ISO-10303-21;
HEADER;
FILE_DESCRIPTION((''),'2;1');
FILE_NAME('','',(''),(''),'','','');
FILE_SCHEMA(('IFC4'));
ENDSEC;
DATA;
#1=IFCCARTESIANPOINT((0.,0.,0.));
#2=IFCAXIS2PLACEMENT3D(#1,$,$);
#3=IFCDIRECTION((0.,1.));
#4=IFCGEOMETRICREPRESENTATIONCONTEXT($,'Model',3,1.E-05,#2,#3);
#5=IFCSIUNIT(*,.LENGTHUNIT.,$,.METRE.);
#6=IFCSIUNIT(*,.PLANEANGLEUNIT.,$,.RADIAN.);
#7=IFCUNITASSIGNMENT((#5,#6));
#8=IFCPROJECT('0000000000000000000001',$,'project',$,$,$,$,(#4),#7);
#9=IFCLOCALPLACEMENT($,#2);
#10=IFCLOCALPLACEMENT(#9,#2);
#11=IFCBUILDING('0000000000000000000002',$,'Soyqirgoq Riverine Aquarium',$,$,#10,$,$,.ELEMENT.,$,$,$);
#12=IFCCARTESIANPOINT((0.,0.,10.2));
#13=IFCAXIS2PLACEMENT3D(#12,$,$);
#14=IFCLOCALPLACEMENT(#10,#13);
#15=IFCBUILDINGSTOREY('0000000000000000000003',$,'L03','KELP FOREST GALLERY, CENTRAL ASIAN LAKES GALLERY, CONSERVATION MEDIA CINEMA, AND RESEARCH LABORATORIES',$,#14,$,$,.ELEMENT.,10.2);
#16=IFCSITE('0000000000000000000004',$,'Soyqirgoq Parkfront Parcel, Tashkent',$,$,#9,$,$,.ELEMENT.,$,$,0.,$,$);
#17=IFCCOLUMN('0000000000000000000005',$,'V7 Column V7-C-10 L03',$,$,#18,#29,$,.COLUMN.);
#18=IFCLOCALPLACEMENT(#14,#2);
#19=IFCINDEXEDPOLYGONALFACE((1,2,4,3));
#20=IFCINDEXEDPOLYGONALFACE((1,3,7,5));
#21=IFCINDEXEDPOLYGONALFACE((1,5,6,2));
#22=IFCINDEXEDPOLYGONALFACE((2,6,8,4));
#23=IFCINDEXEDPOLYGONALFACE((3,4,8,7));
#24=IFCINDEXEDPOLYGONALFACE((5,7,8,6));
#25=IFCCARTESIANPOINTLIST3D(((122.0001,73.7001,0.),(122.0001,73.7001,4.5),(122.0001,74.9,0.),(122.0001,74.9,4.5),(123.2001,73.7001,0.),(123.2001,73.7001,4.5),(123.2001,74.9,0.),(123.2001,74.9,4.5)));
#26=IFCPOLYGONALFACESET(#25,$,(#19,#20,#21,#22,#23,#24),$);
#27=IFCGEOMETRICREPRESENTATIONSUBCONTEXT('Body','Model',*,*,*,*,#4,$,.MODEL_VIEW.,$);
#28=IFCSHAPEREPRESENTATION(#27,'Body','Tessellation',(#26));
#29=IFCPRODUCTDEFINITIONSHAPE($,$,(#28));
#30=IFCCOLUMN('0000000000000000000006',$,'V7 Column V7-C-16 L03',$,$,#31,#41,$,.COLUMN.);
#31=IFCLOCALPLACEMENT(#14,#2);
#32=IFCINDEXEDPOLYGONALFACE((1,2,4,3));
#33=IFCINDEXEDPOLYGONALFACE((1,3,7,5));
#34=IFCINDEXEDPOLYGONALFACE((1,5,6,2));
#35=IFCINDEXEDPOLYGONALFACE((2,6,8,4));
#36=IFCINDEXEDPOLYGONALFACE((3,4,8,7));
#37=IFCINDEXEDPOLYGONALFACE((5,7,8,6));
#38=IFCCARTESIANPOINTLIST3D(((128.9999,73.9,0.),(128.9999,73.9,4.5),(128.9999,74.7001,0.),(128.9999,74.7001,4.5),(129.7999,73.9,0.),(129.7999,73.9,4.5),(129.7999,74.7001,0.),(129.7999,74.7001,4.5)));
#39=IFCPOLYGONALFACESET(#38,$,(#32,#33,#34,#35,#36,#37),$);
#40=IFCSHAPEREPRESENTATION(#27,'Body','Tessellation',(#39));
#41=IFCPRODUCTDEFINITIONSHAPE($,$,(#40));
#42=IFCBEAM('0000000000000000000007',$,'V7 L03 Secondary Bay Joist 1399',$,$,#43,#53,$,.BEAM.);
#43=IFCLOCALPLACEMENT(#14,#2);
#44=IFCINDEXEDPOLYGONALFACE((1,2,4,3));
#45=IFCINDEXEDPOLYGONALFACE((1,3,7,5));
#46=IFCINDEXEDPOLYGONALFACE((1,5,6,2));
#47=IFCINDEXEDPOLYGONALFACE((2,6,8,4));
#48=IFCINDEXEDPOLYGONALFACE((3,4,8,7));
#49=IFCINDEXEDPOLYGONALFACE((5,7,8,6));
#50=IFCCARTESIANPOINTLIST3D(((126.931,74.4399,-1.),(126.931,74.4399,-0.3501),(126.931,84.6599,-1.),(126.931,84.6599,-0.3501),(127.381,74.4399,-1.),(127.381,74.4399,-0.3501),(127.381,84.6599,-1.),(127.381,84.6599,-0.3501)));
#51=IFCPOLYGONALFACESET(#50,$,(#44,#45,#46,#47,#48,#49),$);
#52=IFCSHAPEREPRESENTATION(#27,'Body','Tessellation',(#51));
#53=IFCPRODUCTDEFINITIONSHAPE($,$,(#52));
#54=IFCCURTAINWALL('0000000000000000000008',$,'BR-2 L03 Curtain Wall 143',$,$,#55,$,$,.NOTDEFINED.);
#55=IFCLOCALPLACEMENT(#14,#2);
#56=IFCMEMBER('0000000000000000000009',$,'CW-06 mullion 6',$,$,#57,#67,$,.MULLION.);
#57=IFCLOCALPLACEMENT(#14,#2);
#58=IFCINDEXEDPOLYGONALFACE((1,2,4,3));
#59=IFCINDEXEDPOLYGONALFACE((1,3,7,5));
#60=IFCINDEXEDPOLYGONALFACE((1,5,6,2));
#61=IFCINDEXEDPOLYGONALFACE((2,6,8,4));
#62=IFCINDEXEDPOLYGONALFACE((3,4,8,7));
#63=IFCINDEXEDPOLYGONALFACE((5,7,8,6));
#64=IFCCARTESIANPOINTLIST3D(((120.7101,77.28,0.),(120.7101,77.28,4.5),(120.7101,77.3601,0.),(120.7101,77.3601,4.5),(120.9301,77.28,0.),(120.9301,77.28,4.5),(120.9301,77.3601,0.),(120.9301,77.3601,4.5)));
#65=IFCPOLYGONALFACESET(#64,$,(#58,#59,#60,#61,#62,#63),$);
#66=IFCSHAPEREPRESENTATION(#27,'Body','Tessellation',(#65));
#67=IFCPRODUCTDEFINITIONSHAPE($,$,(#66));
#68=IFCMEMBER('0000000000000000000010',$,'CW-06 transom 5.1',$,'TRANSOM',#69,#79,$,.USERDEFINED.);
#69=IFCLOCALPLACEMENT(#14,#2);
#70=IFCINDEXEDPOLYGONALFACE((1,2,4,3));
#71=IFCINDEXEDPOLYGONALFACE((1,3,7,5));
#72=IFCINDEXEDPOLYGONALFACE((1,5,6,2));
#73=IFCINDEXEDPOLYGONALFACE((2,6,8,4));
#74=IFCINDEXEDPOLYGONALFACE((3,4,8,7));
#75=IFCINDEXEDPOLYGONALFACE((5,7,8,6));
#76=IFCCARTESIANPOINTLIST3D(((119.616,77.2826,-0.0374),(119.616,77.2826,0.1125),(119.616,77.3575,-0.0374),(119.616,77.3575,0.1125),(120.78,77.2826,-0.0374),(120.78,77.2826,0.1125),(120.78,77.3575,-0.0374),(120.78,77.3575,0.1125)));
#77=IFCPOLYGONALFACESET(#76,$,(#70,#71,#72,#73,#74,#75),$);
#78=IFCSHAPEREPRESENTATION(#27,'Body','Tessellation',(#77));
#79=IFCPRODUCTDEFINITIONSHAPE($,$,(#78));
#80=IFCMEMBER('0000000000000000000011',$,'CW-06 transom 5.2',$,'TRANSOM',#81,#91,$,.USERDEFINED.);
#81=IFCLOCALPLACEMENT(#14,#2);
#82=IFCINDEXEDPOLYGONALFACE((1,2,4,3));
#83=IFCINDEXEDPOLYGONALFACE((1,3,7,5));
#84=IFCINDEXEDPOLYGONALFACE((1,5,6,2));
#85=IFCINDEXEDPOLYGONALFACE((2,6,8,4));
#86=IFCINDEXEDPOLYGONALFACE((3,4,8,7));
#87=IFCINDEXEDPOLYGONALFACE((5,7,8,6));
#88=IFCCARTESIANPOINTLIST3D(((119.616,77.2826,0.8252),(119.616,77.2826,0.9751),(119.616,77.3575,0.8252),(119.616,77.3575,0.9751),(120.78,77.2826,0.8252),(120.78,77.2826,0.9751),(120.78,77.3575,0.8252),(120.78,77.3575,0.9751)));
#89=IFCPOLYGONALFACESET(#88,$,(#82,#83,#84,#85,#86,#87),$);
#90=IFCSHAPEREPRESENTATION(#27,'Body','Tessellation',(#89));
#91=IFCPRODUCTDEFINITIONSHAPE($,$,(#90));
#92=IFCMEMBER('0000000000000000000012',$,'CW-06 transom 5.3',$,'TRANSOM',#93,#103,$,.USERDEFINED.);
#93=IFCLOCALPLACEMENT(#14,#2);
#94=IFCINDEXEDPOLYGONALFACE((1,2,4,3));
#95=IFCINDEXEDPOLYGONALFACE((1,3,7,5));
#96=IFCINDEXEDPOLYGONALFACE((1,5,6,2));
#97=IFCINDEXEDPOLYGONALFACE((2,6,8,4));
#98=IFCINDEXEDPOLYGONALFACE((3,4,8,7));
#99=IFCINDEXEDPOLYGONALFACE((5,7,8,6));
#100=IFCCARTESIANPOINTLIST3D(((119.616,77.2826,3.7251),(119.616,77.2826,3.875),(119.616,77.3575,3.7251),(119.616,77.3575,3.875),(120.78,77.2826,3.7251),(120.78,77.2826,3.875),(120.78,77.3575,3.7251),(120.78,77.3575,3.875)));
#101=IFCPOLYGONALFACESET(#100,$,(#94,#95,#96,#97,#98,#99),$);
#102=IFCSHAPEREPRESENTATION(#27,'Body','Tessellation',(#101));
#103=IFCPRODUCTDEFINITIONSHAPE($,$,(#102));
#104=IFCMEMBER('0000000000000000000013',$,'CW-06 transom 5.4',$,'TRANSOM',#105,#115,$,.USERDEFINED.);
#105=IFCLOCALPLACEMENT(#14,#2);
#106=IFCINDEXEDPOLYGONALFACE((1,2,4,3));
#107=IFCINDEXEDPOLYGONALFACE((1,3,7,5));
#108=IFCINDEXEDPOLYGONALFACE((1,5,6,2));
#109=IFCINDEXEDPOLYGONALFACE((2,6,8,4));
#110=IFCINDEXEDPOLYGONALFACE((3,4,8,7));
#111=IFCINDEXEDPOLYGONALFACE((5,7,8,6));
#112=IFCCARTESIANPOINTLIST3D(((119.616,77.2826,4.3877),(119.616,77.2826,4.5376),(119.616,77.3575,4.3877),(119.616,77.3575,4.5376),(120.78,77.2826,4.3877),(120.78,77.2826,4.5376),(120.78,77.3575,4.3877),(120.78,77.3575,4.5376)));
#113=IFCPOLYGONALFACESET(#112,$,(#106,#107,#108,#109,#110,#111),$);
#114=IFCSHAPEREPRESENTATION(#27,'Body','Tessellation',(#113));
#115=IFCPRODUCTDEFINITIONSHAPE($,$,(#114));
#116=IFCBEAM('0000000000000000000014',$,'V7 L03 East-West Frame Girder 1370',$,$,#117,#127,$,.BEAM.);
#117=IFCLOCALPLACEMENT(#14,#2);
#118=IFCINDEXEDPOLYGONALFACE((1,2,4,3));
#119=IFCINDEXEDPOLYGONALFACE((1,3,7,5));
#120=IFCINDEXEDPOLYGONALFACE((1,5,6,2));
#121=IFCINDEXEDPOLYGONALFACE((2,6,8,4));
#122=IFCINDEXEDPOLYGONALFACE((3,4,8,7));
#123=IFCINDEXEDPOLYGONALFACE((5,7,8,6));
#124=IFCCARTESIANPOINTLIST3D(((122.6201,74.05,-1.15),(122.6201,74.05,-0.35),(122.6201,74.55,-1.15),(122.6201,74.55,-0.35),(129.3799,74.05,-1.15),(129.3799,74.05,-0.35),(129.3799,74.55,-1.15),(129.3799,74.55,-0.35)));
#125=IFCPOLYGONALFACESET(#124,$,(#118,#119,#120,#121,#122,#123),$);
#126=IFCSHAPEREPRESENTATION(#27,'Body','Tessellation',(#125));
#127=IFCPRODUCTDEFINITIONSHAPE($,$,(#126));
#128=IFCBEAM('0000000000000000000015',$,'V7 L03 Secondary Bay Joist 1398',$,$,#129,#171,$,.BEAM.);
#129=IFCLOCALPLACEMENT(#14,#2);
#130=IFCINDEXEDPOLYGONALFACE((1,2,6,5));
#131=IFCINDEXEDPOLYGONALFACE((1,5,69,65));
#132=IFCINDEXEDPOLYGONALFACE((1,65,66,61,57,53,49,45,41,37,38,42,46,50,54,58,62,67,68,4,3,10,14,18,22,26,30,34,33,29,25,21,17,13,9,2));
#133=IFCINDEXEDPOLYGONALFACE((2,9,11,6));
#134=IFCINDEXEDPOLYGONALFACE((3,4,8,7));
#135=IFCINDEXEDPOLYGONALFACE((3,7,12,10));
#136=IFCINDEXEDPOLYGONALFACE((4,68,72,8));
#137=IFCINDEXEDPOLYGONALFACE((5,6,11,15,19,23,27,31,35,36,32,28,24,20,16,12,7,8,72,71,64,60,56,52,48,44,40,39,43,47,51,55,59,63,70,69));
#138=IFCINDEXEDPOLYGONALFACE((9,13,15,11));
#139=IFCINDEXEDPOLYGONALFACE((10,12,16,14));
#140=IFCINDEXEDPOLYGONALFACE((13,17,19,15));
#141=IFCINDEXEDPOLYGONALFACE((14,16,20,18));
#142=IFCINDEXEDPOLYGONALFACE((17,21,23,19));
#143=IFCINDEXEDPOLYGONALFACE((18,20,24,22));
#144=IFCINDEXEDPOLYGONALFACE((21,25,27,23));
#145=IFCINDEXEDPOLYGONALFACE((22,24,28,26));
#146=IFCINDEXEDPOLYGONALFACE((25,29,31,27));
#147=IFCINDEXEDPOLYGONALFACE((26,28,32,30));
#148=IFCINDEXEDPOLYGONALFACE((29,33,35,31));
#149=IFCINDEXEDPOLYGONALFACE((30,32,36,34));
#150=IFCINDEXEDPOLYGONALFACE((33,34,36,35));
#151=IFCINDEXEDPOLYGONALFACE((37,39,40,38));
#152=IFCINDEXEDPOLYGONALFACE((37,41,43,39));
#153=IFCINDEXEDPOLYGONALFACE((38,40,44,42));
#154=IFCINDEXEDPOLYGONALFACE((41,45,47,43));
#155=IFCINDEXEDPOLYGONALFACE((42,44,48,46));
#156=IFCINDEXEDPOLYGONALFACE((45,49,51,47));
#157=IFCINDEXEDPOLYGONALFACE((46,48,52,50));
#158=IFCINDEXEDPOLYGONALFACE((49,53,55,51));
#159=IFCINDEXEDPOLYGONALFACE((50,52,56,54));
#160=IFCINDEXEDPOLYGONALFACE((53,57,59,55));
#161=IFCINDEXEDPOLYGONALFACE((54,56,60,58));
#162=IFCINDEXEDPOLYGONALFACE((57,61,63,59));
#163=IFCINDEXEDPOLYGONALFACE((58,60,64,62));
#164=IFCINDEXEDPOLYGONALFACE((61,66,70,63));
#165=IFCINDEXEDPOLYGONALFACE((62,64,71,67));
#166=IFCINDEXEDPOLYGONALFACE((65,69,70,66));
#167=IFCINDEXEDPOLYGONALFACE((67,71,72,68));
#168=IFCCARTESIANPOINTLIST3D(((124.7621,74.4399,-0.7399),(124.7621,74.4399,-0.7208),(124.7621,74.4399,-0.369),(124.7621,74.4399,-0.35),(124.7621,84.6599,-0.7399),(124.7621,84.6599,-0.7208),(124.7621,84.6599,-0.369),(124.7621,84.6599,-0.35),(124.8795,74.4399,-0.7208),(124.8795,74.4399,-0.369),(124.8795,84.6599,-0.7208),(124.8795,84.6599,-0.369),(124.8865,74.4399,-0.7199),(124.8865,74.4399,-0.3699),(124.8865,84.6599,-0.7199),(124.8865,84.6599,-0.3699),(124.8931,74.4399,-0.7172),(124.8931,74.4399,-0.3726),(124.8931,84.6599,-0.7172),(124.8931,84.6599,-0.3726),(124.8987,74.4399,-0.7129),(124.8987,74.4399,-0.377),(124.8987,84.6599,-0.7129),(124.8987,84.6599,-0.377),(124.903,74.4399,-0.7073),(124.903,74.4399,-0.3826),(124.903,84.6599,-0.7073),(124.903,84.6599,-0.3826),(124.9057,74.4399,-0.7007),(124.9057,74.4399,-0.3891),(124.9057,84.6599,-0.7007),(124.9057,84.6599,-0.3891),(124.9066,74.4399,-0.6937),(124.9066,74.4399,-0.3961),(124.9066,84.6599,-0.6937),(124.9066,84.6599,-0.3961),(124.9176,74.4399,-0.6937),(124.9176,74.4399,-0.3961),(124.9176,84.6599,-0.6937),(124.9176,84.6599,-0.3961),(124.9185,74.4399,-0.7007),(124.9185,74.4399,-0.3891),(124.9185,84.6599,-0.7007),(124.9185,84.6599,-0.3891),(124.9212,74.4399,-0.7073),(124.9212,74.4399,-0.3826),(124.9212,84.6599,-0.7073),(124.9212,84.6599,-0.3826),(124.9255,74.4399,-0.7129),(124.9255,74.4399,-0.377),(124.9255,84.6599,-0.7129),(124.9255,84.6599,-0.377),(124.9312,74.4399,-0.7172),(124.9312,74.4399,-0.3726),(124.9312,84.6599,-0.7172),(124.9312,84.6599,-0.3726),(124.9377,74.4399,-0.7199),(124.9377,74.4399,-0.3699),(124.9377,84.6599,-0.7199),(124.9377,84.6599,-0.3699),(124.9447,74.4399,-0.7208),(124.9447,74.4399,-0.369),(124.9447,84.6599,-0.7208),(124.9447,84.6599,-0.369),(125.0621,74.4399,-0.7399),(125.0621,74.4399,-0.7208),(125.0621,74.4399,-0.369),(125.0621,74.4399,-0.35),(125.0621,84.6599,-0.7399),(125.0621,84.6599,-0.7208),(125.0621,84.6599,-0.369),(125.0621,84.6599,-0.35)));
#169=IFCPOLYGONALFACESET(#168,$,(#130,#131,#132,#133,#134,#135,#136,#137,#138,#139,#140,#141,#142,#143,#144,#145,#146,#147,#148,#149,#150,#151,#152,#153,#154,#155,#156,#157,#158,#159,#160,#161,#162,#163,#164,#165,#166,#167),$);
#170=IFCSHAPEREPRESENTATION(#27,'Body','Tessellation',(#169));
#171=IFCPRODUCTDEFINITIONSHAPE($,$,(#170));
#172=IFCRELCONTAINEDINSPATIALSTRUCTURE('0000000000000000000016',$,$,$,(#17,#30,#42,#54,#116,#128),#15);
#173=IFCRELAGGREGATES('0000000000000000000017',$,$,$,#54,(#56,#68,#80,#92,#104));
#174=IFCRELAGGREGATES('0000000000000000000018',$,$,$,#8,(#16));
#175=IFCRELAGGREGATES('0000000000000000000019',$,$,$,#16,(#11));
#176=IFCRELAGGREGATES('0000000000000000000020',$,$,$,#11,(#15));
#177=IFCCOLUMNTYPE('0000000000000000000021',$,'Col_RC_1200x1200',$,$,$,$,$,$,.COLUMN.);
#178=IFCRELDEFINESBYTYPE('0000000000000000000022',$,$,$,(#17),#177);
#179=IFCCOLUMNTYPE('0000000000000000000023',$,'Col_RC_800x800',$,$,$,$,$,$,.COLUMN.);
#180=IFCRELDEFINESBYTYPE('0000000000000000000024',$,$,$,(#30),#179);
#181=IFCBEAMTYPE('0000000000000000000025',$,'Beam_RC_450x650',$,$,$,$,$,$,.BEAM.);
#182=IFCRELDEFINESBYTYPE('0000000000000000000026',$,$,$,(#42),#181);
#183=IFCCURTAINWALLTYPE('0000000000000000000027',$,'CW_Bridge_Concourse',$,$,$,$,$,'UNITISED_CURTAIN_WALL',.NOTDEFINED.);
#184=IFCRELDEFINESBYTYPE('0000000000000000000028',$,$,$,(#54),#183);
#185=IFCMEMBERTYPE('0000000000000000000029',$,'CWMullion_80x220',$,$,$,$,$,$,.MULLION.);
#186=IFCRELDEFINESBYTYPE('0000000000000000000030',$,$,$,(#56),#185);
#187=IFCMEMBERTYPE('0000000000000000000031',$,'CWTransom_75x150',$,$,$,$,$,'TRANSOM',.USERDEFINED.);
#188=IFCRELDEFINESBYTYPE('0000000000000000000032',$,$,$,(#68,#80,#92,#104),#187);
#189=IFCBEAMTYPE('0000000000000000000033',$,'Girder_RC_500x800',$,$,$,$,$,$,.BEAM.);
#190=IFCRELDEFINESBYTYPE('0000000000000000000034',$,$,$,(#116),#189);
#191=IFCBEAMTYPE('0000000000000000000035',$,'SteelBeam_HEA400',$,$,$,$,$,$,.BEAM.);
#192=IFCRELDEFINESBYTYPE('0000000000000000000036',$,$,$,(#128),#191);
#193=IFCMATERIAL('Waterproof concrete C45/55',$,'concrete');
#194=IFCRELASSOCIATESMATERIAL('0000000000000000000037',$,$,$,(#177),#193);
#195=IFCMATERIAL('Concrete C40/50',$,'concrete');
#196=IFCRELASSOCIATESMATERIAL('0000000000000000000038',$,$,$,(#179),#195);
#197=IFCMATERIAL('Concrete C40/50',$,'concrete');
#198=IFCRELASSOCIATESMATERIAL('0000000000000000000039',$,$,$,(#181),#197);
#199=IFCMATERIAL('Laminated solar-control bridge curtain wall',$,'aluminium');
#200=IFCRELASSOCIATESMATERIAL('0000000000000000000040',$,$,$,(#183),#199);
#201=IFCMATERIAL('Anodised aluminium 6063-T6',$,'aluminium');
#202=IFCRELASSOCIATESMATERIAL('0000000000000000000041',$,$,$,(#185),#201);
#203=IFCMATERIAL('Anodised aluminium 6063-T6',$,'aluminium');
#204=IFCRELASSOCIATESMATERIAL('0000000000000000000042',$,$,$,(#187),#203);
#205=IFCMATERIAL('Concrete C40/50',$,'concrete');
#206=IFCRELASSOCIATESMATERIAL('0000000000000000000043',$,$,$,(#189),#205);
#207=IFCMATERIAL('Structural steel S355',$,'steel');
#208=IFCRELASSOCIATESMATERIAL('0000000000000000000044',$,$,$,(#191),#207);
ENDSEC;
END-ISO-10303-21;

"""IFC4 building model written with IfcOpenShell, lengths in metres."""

from ifc_helpers import new_model, si_unit, direction, frame, origin, origin_2d, place, context, subcontext, project, spatial, rectangle, i_section, extrude, material, material_profile, profile_set, type_object, element, aggregate, save


model = new_model("IFC4")

# Units and contexts
model_context = context("Model", 3, precision=1e-05, world=origin(), true_north=direction((0.0, 1.0)))
body_context = subcontext(model_context, "Body", "Model", "MODEL_VIEW")
ifc_project = project(units=[si_unit("LENGTHUNIT", "METRE"), si_unit("PLANEANGLEUNIT", "RADIAN")], contexts=[model_context])

# Site, building, storey
site_placement = place(None, origin())
site = spatial("IfcSite", under=ifc_project, at=site_placement, Name="Soyqirgoq Parkfront Parcel, Tashkent", CompositionType="ELEMENT", RefElevation=0.0)
building_placement = place(site_placement, origin())
building = spatial("IfcBuilding", under=site, at=building_placement, Name="Soyqirgoq Riverine Aquarium", CompositionType="ELEMENT")
storey_placement = place(building_placement, frame((0.0, 0.0, 10.2)))
storey = spatial("IfcBuildingStorey", under=building, at=storey_placement, Name="L03", Description="KELP FOREST GALLERY, CENTRAL ASIAN LAKES GALLERY, CONSERVATION MEDIA CINEMA, AND RESEARCH LABORATORIES", CompositionType="ELEMENT", Elevation=10.2)

# Columns
ifc_material_1 = material(Name="Waterproof concrete C45/55", Category="concrete")
ifc_material_profile_1 = material_profile(ifc_material_1, rectangle(XDim=1.2, YDim=1.2, at=origin_2d()), Name="RC 1200x1200")
ifc_profile_set_1 = profile_set([ifc_material_profile_1], Name="Waterproof concrete C45/55")
column_type_1 = type_object("IfcColumnType", Name="Col_RC_1200x1200", PredefinedType="COLUMN", material=ifc_profile_set_1)
column_1_placement = place(storey_placement, frame((122.6001, 74.3, 0.0), z_axis=(0.0, 0.0, 1.0), x_axis=(1.0, 0.0, 0.0)))
element("IfcColumn", 1, at=column_1_placement, inside=storey, type_object=column_type_1, Name="V7 Column V7-C-10 L03", PredefinedType="COLUMN", context=body_context, shape_type="SweptSolid", body=[
    extrude(rectangle(XDim=1.2, YDim=1.2, at=origin_2d()), origin(), (0.0, 0.0, 1.0), 4.5),
])
ifc_material_2 = material(Name="Concrete C40/50", Category="concrete")
ifc_material_profile_2 = material_profile(ifc_material_2, rectangle(XDim=0.8, YDim=0.8, at=origin_2d()), Name="RC 800x800")
ifc_profile_set_2 = profile_set([ifc_material_profile_2], Name="Concrete C40/50")
column_type_2 = type_object("IfcColumnType", Name="Col_RC_800x800", PredefinedType="COLUMN", material=ifc_profile_set_2)
column_2_placement = place(storey_placement, frame((129.3999, 74.3, 0.0), z_axis=(0.0, 0.0, 1.0), x_axis=(1.0, 0.0, 0.0)))
element("IfcColumn", 2, at=column_2_placement, inside=storey, type_object=column_type_2, Name="V7 Column V7-C-16 L03", PredefinedType="COLUMN", context=body_context, shape_type="SweptSolid", body=[
    extrude(rectangle(XDim=0.8, YDim=0.8, at=origin_2d()), origin(), (0.0, 0.0, 1.0), 4.5),
])

# Beam
ifc_material_3 = material(Name="Concrete C40/50", Category="concrete")
ifc_material_profile_3 = material_profile(ifc_material_3, rectangle(XDim=0.45, YDim=0.6499, at=origin_2d()), Name="RC 450x650")
ifc_profile_set_3 = profile_set([ifc_material_profile_3], Name="Concrete C40/50")
beam_type_1 = type_object("IfcBeamType", Name="Beam_RC_450x650", PredefinedType="BEAM", material=ifc_profile_set_3)
beam_1_placement = place(storey_placement, frame((127.156, 74.4399, -0.675), z_axis=(0.0, 1.0, 0.0), x_axis=(-1.0, 0.0, 0.0)))
element("IfcBeam", 3, at=beam_1_placement, inside=storey, type_object=beam_type_1, Name="V7 L03 Secondary Bay Joist 1399", PredefinedType="BEAM", context=body_context, shape_type="SweptSolid", body=[
    extrude(rectangle(XDim=0.45, YDim=0.6499, at=origin_2d()), origin(), (0.0, 0.0, 1.0), 10.22),
])

# Curtain wall, members
ifc_material_4 = material(Name="Laminated solar-control bridge curtain wall", Category="aluminium")
curtain_wall_type = type_object("IfcCurtainWallType", Name="CW_Bridge_Concourse", ElementType="UNITISED_CURTAIN_WALL", PredefinedType="NOTDEFINED", material=ifc_material_4)
curtain_wall_placement = place(storey_placement, origin())
curtain_wall = element("IfcCurtainWall", 4, at=curtain_wall_placement, inside=storey, type_object=curtain_wall_type, Name="BR-2 L03 Curtain Wall 143", PredefinedType="NOTDEFINED")
ifc_material_5 = material(Name="Anodised aluminium 6063-T6", Category="aluminium")
ifc_material_profile_4 = material_profile(ifc_material_5, rectangle(XDim=0.0801, YDim=0.22, at=origin_2d()), Name="ALU-M 80x220")
ifc_profile_set_4 = profile_set([ifc_material_profile_4], Name="Anodised aluminium 6063-T6")
member_type_1 = type_object("IfcMemberType", Name="CWMullion_80x220", PredefinedType="MULLION", material=ifc_profile_set_4)
member_1_placement = place(storey_placement, frame((120.8201, 77.3201, 0.0), z_axis=(0.0, 0.0, 1.0), x_axis=(0.0, 1.0, 0.0)))
member_1 = element("IfcMember", 5, at=member_1_placement, type_object=member_type_1, Name="CW-06 mullion 6", PredefinedType="MULLION", context=body_context, shape_type="SweptSolid", body=[
    extrude(rectangle(XDim=0.0801, YDim=0.22, at=origin_2d()), origin(), (0.0, 0.0, 1.0), 4.5),
])
ifc_material_6 = material(Name="Anodised aluminium 6063-T6", Category="aluminium")
ifc_material_profile_5 = material_profile(ifc_material_6, rectangle(XDim=0.075, YDim=0.1499, at=origin_2d()), Name="ALU-T 75x150")
ifc_profile_set_5 = profile_set([ifc_material_profile_5], Name="Anodised aluminium 6063-T6")
member_type_2 = type_object("IfcMemberType", Name="CWTransom_75x150", ElementType="TRANSOM", PredefinedType="USERDEFINED", material=ifc_profile_set_5)
member_2_placement = place(storey_placement, frame((119.616, 77.3201, 0.0376), z_axis=(1.0, 0.0, 0.0), x_axis=(0.0, 1.0, 0.0)))
member_2 = element("IfcMember", 6, at=member_2_placement, type_object=member_type_2, Name="CW-06 transom 5.1", ObjectType="TRANSOM", PredefinedType="USERDEFINED", context=body_context, shape_type="SweptSolid", body=[
    extrude(rectangle(XDim=0.075, YDim=0.1499, at=origin_2d()), origin(), (0.0, 0.0, 1.0), 1.1641),
])
member_3_placement = place(storey_placement, frame((119.616, 77.3201, 0.9001), z_axis=(1.0, 0.0, 0.0), x_axis=(0.0, 1.0, 0.0)))
member_3 = element("IfcMember", 7, at=member_3_placement, type_object=member_type_2, Name="CW-06 transom 5.2", ObjectType="TRANSOM", PredefinedType="USERDEFINED", context=body_context, shape_type="SweptSolid", body=[
    extrude(rectangle(XDim=0.075, YDim=0.1499, at=origin_2d()), origin(), (0.0, 0.0, 1.0), 1.1641),
])
member_4_placement = place(storey_placement, frame((119.616, 77.3201, 3.8), z_axis=(1.0, 0.0, 0.0), x_axis=(0.0, 1.0, 0.0)))
member_4 = element("IfcMember", 8, at=member_4_placement, type_object=member_type_2, Name="CW-06 transom 5.3", ObjectType="TRANSOM", PredefinedType="USERDEFINED", context=body_context, shape_type="SweptSolid", body=[
    extrude(rectangle(XDim=0.075, YDim=0.1499, at=origin_2d()), origin(), (0.0, 0.0, 1.0), 1.1641),
])
member_5_placement = place(storey_placement, frame((119.616, 77.3201, 4.4626), z_axis=(1.0, 0.0, 0.0), x_axis=(0.0, 1.0, 0.0)))
member_5 = element("IfcMember", 9, at=member_5_placement, type_object=member_type_2, Name="CW-06 transom 5.4", ObjectType="TRANSOM", PredefinedType="USERDEFINED", context=body_context, shape_type="SweptSolid", body=[
    extrude(rectangle(XDim=0.075, YDim=0.1499, at=origin_2d()), origin(), (0.0, 0.0, 1.0), 1.1641),
])

# Beams
ifc_material_7 = material(Name="Concrete C40/50", Category="concrete")
ifc_material_profile_6 = material_profile(ifc_material_7, rectangle(XDim=0.5, YDim=0.8, at=origin_2d()), Name="RC 500x800")
ifc_profile_set_6 = profile_set([ifc_material_profile_6], Name="Concrete C40/50")
beam_type_2 = type_object("IfcBeamType", Name="Girder_RC_500x800", PredefinedType="BEAM", material=ifc_profile_set_6)
beam_2_placement = place(storey_placement, frame((122.6201, 74.3, -0.75), z_axis=(1.0, 0.0, 0.0), x_axis=(0.0, 1.0, 0.0)))
element("IfcBeam", 10, at=beam_2_placement, inside=storey, type_object=beam_type_2, Name="V7 L03 East-West Frame Girder 1370", PredefinedType="BEAM", context=body_context, shape_type="SweptSolid", body=[
    extrude(rectangle(XDim=0.5, YDim=0.8, at=origin_2d()), origin(), (0.0, 0.0, 1.0), 6.7598),
])
ifc_material_8 = material(Name="Structural steel S355", Category="steel")
ifc_material_profile_7 = material_profile(ifc_material_8, i_section(OverallWidth=0.3, OverallDepth=0.3899, WebThickness=0.011, FlangeThickness=0.019, FilletRadius=0.0271, at=origin_2d()), Name="HEA 400")
ifc_profile_set_7 = profile_set([ifc_material_profile_7], Name="Structural steel S355")
beam_type_3 = type_object("IfcBeamType", Name="SteelBeam_HEA400", PredefinedType="BEAM", material=ifc_profile_set_7)
beam_3_placement = place(storey_placement, frame((124.9121, 74.4399, -0.5449), z_axis=(0.0, 1.0, 0.0), x_axis=(-1.0, 0.0, 0.0)))
element("IfcBeam", 11, at=beam_3_placement, inside=storey, type_object=beam_type_3, Name="V7 L03 Secondary Bay Joist 1398", PredefinedType="BEAM", context=body_context, shape_type="SweptSolid", body=[
    extrude(i_section(OverallWidth=0.3, OverallDepth=0.3899, WebThickness=0.011, FlangeThickness=0.019, FilletRadius=0.0271, at=origin_2d()), origin(), (0.0, 0.0, 1.0), 10.22),
])

aggregate(curtain_wall, [member_1, member_2, member_3, member_4, member_5])

save(model, "model.ifc")
